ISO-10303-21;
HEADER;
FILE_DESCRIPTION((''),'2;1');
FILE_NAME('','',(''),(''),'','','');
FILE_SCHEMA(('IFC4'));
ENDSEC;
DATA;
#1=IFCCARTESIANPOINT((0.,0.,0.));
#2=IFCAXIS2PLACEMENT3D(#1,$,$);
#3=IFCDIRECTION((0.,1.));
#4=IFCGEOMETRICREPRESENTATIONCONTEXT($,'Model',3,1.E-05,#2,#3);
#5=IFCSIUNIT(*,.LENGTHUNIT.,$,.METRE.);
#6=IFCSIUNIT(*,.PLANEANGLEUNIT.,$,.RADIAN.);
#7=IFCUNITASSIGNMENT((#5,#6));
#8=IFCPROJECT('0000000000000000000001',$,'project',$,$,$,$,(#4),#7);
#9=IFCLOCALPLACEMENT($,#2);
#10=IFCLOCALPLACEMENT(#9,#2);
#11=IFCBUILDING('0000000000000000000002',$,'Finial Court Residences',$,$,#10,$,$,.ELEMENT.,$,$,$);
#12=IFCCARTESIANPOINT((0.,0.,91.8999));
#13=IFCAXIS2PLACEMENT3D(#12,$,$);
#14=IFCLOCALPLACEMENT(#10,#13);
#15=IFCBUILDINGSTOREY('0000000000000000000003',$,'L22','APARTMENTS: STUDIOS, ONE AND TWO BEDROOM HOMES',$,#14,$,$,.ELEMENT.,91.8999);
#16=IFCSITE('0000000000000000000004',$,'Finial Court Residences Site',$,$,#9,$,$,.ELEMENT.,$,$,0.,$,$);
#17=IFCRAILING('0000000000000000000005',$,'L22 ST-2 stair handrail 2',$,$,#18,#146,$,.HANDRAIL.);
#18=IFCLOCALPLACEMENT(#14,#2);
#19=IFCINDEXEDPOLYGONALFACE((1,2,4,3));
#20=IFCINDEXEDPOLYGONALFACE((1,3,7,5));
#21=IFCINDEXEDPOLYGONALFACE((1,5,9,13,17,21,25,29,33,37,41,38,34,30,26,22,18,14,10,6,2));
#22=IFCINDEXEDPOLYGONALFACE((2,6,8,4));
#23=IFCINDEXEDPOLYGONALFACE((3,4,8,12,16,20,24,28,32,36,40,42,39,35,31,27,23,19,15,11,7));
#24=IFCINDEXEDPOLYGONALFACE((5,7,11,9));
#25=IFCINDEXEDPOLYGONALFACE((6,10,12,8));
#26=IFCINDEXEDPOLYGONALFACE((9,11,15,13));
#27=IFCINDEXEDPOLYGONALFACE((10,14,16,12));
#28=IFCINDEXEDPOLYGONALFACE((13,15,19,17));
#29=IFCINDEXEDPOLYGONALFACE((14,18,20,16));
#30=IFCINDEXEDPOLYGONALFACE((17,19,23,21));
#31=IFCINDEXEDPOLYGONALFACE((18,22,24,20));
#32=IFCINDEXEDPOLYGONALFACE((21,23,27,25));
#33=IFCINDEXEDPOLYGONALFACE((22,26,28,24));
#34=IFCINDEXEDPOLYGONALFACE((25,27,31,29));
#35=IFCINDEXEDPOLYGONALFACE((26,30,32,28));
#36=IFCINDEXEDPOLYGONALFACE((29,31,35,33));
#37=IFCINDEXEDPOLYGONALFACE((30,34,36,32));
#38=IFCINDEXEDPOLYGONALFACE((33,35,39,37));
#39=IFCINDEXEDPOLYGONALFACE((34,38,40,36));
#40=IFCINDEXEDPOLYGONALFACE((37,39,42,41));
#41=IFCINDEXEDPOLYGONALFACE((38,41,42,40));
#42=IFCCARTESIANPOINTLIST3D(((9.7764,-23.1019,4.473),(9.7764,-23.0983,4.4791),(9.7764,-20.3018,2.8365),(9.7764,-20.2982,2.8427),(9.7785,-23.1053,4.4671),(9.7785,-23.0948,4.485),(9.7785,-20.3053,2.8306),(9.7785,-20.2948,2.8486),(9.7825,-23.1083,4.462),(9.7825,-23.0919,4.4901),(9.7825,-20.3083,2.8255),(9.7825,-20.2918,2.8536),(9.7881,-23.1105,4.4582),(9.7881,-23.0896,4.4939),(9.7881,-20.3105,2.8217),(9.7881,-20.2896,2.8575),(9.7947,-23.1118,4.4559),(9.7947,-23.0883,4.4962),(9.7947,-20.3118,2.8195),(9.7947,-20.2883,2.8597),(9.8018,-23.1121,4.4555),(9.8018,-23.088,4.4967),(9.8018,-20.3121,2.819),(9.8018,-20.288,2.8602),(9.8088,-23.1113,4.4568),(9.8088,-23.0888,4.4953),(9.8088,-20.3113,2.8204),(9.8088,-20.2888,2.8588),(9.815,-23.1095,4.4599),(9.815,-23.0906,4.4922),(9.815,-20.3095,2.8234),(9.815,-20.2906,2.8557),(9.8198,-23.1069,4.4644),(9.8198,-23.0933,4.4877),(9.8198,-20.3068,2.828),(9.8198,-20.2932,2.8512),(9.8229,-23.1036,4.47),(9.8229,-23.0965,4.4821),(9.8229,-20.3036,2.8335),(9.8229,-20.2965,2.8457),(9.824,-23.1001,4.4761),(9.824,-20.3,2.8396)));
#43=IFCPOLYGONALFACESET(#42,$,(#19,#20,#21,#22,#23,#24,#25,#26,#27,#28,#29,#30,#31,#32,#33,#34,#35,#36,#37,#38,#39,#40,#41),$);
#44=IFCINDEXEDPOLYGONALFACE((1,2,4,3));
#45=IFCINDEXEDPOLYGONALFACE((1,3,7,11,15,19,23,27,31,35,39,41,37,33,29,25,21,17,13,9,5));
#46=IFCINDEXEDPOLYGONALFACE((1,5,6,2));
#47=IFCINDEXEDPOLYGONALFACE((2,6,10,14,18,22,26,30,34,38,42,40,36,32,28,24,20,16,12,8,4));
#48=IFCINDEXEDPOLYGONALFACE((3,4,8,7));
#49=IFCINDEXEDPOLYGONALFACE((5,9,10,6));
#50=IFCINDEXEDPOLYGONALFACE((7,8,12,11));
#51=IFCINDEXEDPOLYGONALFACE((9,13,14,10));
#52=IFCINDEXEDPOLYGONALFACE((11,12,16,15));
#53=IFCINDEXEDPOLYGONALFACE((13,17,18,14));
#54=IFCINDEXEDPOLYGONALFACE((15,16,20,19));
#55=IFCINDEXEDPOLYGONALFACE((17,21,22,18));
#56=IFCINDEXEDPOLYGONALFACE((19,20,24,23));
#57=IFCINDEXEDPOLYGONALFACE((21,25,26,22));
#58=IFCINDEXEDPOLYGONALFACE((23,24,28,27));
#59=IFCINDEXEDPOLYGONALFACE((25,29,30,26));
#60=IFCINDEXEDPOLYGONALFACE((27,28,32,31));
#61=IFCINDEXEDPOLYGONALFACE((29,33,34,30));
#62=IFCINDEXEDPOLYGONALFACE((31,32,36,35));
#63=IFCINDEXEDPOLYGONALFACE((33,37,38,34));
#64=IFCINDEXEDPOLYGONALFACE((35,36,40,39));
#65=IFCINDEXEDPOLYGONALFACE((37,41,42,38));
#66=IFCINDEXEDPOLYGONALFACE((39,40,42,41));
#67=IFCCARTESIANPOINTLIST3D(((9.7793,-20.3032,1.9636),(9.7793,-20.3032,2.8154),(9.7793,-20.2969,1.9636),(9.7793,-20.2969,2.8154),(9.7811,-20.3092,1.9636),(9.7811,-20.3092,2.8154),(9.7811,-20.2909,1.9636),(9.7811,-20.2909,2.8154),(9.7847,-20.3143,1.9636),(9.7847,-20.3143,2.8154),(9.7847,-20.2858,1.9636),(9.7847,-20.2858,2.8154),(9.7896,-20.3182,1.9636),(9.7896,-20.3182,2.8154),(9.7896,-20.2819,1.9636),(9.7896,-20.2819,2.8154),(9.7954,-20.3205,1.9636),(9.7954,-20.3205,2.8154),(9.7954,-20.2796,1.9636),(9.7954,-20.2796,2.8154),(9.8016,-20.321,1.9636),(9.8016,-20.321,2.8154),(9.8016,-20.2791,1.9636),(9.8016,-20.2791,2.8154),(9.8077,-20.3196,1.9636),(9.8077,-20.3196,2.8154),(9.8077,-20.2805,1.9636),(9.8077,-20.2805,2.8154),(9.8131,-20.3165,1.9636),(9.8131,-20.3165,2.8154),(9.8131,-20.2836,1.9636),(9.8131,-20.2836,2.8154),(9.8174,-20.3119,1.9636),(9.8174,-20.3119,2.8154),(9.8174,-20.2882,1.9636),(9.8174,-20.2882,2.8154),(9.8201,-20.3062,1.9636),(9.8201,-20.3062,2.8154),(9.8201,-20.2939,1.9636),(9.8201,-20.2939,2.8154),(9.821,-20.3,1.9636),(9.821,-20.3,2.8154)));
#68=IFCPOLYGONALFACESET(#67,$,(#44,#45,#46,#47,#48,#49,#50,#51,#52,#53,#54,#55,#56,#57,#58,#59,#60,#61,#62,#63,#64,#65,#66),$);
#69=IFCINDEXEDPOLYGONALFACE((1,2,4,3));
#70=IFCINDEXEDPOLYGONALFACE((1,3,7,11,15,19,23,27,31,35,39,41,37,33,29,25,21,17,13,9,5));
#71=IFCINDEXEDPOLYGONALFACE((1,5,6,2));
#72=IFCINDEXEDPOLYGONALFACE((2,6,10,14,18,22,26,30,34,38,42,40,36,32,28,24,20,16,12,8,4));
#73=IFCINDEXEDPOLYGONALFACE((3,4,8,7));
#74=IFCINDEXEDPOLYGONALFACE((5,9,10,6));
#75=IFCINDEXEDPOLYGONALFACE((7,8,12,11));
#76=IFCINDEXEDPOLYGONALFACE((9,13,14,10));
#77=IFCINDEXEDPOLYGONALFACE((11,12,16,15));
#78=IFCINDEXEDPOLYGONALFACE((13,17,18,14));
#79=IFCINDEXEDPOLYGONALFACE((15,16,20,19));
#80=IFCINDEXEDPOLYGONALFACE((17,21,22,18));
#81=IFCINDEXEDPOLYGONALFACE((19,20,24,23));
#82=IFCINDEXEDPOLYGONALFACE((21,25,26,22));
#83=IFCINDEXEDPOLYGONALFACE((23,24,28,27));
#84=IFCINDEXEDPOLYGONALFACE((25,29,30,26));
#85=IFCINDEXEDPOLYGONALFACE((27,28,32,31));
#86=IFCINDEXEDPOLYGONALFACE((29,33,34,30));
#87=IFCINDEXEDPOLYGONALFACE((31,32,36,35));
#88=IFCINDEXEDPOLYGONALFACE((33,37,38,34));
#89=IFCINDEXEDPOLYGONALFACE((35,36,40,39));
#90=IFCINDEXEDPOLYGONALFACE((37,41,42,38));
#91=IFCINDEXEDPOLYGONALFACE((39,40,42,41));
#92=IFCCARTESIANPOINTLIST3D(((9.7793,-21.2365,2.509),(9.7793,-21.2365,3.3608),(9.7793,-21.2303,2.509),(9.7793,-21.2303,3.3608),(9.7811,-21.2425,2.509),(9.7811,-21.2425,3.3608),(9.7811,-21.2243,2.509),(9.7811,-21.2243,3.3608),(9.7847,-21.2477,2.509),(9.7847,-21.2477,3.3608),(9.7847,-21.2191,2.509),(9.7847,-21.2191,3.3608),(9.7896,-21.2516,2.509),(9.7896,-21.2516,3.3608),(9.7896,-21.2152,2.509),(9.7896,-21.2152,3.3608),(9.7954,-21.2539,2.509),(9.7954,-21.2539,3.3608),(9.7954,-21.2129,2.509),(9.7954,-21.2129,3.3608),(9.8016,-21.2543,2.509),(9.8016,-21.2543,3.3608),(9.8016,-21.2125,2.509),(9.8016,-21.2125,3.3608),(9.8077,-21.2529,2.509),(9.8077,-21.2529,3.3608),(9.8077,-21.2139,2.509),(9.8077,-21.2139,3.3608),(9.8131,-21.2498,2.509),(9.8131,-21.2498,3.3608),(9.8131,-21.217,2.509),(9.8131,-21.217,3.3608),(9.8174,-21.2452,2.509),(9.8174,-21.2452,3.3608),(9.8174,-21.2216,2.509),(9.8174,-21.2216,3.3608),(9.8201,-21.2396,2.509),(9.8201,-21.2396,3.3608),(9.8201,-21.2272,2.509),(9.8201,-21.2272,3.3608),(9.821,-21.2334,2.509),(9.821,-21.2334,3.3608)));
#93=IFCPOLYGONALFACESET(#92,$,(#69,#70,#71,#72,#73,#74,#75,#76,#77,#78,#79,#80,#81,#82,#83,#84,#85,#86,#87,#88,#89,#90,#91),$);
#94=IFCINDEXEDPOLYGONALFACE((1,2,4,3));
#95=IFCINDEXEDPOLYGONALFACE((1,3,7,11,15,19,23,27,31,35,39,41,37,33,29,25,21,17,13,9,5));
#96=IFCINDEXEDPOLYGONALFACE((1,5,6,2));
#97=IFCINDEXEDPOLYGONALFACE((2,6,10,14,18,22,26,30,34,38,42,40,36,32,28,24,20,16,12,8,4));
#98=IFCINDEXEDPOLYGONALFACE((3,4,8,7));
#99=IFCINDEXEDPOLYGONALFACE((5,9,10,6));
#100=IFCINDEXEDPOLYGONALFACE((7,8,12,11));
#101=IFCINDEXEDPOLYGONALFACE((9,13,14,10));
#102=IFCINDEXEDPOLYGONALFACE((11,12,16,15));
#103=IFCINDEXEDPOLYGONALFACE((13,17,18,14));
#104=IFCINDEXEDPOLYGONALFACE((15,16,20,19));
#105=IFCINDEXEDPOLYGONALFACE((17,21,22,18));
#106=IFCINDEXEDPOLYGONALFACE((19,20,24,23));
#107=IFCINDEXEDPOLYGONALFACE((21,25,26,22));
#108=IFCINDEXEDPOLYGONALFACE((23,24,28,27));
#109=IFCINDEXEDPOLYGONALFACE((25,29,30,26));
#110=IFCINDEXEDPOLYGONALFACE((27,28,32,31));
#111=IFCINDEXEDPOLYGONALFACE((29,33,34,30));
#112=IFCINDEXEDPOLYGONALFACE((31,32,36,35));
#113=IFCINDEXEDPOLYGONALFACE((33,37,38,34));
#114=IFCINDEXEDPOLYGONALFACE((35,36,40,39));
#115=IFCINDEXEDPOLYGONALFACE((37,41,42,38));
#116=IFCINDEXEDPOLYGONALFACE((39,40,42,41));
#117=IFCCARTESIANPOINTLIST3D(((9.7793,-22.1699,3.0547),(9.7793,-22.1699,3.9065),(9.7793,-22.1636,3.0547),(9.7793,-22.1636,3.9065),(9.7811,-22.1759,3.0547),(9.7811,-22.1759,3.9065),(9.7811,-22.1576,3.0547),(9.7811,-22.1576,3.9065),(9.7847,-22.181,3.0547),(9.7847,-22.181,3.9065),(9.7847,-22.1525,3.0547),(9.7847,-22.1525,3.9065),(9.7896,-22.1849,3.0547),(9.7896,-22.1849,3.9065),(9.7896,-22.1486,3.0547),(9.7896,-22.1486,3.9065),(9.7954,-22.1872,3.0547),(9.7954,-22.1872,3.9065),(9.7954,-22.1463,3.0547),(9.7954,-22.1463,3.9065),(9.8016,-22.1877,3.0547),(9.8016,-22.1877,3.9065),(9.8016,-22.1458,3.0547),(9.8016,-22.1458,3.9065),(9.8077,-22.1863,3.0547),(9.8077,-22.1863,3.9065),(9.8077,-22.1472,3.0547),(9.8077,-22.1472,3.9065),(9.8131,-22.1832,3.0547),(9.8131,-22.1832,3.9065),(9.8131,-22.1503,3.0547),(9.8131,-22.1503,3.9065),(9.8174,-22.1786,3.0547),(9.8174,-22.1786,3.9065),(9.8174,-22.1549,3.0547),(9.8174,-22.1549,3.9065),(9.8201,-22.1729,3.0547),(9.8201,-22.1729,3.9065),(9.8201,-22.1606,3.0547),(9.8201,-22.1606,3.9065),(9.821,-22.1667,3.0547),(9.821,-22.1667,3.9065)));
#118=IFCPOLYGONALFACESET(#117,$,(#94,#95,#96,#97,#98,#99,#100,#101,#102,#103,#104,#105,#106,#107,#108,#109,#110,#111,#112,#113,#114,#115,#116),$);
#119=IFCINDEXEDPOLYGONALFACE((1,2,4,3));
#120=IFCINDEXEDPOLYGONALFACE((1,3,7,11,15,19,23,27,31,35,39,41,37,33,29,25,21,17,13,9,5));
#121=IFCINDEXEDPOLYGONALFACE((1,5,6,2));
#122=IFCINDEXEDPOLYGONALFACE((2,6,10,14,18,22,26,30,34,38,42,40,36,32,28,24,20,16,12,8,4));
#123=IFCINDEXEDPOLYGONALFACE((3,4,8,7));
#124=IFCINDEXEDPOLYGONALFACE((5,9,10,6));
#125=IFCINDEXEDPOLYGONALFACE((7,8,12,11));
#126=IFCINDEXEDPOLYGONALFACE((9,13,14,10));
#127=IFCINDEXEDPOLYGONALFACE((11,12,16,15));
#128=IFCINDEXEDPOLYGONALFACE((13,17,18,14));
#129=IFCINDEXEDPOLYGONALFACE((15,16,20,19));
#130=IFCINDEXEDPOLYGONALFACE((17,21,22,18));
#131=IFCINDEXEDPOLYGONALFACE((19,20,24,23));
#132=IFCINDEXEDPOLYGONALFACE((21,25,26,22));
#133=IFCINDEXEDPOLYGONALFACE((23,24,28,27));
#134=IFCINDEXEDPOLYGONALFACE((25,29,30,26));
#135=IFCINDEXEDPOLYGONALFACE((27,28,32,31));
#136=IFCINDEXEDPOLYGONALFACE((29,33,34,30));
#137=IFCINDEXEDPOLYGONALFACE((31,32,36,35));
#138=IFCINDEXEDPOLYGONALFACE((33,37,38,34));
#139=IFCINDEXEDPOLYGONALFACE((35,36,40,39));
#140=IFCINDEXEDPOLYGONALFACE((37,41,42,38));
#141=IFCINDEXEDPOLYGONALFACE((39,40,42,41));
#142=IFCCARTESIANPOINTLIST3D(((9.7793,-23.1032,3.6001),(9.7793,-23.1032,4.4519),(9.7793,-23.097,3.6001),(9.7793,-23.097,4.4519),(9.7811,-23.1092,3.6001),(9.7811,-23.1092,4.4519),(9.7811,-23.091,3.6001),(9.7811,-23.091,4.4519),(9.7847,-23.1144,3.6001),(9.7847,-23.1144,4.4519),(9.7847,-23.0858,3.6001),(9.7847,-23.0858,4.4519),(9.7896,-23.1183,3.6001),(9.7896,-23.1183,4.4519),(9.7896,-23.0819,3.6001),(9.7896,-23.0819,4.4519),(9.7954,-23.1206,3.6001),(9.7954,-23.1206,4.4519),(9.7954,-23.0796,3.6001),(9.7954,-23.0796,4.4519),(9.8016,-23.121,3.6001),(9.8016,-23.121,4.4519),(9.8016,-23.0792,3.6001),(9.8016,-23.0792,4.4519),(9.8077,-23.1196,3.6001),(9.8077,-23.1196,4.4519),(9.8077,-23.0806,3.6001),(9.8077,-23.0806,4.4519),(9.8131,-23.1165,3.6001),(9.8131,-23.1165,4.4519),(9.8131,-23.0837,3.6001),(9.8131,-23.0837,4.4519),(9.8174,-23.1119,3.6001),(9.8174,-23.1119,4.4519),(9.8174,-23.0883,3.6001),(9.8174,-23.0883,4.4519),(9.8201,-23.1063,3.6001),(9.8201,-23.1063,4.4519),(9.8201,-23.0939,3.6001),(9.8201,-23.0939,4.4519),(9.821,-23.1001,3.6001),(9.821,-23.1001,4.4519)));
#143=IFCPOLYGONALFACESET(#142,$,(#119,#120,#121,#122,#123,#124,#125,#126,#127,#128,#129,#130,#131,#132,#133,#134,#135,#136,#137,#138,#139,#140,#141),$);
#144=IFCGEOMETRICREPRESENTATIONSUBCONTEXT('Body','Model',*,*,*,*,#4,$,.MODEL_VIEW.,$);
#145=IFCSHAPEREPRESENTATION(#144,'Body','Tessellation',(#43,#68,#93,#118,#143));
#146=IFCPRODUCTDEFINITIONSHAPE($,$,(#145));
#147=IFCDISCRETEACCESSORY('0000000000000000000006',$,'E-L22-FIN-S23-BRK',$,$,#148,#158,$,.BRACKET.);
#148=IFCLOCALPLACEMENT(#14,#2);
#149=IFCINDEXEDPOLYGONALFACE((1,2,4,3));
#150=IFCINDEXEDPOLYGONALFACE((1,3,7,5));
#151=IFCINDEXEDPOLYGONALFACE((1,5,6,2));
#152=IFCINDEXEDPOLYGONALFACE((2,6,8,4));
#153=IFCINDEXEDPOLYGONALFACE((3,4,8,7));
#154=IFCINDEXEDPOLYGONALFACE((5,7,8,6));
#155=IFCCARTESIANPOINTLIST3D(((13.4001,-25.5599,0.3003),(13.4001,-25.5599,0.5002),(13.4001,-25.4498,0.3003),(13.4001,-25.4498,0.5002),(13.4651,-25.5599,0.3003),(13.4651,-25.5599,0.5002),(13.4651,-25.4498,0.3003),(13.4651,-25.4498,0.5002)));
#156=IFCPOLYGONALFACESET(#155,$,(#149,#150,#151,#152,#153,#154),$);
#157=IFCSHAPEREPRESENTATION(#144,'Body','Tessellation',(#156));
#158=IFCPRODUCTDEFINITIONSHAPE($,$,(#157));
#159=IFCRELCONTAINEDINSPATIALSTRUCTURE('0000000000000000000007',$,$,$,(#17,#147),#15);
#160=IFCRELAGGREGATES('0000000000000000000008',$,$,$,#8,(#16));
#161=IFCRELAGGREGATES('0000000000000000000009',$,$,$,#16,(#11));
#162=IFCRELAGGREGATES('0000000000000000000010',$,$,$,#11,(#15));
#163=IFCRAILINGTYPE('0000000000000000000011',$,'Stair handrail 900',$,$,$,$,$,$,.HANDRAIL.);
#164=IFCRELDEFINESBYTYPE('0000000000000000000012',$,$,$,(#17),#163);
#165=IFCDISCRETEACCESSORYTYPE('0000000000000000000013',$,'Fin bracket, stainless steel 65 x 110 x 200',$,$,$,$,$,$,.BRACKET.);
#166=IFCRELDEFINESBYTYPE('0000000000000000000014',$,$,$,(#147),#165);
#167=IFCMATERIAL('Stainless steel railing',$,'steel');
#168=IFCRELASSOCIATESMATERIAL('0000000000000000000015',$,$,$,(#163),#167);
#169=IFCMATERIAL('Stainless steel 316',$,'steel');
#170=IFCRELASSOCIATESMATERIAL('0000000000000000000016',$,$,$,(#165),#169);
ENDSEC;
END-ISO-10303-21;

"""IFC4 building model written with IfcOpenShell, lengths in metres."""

from ifc_helpers import new_model, si_unit, direction, frame, origin, origin_2d, place, context, subcontext, project, spatial, rectangle, circle, extrude, material, type_object, element, save


model = new_model("IFC4")

# Units and contexts
model_context = context("Model", 3, precision=1e-05, world=origin(), true_north=direction((0.0, 1.0)))
body_context = subcontext(model_context, "Body", "Model", "MODEL_VIEW")
ifc_project = project(units=[si_unit("LENGTHUNIT", "METRE"), si_unit("PLANEANGLEUNIT", "RADIAN")], contexts=[model_context])

# Site, building, storey
site_placement = place(None, origin())
site = spatial("IfcSite", under=ifc_project, at=site_placement, Name="Finial Court Residences Site", CompositionType="ELEMENT", RefElevation=0.0)
building_placement = place(site_placement, origin())
building = spatial("IfcBuilding", under=site, at=building_placement, Name="Finial Court Residences", CompositionType="ELEMENT")
storey_placement = place(building_placement, frame((0.0, 0.0, 91.8999)))
storey = spatial("IfcBuildingStorey", under=building, at=storey_placement, Name="L22", Description="APARTMENTS: STUDIOS, ONE AND TWO BEDROOM HOMES", CompositionType="ELEMENT", Elevation=91.8999)

# Railing
ifc_material_1 = material(Name="Stainless steel railing", Category="steel")
railing_type_1 = type_object("IfcRailingType", Name="Stair handrail 900", PredefinedType="HANDRAIL", material=ifc_material_1)
railing_1_placement = place(storey_placement, frame((9.8, -20.3, 1.9636)))
element("IfcRailing", 1, at=railing_1_placement, inside=storey, type_object=railing_type_1, Name="L22 ST-2 stair handrail 2", PredefinedType="HANDRAIL", context=body_context, shape_type="SweptSolid", body=[
    extrude(circle(Radius=0.0239, at=origin_2d()), frame((0.0, 0.0, 0.876), z_axis=(0.0, -0.863361, 0.504587), x_axis=(1.0, 0.0, 0.0)), (0.0, 0.0, 1.0), 3.2432),
    extrude(circle(Radius=0.021, at=origin_2d()), origin(), (0.0, 0.0, 1.0), 0.8518),
    extrude(circle(Radius=0.021, at=origin_2d()), frame((0.0, -0.9333, 0.5454)), (0.0, 0.0, 1.0), 0.8518),
    extrude(circle(Radius=0.021, at=origin_2d()), frame((0.0, -1.8667, 1.0911)), (0.0, 0.0, 1.0), 0.8518),
    extrude(circle(Radius=0.021, at=origin_2d()), frame((0.0, -2.8, 1.6365)), (0.0, 0.0, 1.0), 0.8518),
])

# Discrete accessory
ifc_material_2 = material(Name="Stainless steel 316", Category="steel")
discrete_accessory_type = type_object("IfcDiscreteAccessoryType", Name="Fin bracket, stainless steel 65 x 110 x 200", PredefinedType="BRACKET", material=ifc_material_2)
discrete_accessory_placement = place(storey_placement, frame((13.4326, -25.5049, 0.3003), z_axis=(0.0, 0.0, 1.0), x_axis=(1.0, 0.0, 0.0)))
element("IfcDiscreteAccessory", 2, at=discrete_accessory_placement, inside=storey, type_object=discrete_accessory_type, Name="E-L22-FIN-S23-BRK", PredefinedType="BRACKET", context=body_context, shape_type="SweptSolid", body=[
    extrude(rectangle(XDim=0.0649, YDim=0.1101, at=origin_2d()), origin(), (0.0, 0.0, 1.0), 0.2),
])

save(model, "model.ifc")
